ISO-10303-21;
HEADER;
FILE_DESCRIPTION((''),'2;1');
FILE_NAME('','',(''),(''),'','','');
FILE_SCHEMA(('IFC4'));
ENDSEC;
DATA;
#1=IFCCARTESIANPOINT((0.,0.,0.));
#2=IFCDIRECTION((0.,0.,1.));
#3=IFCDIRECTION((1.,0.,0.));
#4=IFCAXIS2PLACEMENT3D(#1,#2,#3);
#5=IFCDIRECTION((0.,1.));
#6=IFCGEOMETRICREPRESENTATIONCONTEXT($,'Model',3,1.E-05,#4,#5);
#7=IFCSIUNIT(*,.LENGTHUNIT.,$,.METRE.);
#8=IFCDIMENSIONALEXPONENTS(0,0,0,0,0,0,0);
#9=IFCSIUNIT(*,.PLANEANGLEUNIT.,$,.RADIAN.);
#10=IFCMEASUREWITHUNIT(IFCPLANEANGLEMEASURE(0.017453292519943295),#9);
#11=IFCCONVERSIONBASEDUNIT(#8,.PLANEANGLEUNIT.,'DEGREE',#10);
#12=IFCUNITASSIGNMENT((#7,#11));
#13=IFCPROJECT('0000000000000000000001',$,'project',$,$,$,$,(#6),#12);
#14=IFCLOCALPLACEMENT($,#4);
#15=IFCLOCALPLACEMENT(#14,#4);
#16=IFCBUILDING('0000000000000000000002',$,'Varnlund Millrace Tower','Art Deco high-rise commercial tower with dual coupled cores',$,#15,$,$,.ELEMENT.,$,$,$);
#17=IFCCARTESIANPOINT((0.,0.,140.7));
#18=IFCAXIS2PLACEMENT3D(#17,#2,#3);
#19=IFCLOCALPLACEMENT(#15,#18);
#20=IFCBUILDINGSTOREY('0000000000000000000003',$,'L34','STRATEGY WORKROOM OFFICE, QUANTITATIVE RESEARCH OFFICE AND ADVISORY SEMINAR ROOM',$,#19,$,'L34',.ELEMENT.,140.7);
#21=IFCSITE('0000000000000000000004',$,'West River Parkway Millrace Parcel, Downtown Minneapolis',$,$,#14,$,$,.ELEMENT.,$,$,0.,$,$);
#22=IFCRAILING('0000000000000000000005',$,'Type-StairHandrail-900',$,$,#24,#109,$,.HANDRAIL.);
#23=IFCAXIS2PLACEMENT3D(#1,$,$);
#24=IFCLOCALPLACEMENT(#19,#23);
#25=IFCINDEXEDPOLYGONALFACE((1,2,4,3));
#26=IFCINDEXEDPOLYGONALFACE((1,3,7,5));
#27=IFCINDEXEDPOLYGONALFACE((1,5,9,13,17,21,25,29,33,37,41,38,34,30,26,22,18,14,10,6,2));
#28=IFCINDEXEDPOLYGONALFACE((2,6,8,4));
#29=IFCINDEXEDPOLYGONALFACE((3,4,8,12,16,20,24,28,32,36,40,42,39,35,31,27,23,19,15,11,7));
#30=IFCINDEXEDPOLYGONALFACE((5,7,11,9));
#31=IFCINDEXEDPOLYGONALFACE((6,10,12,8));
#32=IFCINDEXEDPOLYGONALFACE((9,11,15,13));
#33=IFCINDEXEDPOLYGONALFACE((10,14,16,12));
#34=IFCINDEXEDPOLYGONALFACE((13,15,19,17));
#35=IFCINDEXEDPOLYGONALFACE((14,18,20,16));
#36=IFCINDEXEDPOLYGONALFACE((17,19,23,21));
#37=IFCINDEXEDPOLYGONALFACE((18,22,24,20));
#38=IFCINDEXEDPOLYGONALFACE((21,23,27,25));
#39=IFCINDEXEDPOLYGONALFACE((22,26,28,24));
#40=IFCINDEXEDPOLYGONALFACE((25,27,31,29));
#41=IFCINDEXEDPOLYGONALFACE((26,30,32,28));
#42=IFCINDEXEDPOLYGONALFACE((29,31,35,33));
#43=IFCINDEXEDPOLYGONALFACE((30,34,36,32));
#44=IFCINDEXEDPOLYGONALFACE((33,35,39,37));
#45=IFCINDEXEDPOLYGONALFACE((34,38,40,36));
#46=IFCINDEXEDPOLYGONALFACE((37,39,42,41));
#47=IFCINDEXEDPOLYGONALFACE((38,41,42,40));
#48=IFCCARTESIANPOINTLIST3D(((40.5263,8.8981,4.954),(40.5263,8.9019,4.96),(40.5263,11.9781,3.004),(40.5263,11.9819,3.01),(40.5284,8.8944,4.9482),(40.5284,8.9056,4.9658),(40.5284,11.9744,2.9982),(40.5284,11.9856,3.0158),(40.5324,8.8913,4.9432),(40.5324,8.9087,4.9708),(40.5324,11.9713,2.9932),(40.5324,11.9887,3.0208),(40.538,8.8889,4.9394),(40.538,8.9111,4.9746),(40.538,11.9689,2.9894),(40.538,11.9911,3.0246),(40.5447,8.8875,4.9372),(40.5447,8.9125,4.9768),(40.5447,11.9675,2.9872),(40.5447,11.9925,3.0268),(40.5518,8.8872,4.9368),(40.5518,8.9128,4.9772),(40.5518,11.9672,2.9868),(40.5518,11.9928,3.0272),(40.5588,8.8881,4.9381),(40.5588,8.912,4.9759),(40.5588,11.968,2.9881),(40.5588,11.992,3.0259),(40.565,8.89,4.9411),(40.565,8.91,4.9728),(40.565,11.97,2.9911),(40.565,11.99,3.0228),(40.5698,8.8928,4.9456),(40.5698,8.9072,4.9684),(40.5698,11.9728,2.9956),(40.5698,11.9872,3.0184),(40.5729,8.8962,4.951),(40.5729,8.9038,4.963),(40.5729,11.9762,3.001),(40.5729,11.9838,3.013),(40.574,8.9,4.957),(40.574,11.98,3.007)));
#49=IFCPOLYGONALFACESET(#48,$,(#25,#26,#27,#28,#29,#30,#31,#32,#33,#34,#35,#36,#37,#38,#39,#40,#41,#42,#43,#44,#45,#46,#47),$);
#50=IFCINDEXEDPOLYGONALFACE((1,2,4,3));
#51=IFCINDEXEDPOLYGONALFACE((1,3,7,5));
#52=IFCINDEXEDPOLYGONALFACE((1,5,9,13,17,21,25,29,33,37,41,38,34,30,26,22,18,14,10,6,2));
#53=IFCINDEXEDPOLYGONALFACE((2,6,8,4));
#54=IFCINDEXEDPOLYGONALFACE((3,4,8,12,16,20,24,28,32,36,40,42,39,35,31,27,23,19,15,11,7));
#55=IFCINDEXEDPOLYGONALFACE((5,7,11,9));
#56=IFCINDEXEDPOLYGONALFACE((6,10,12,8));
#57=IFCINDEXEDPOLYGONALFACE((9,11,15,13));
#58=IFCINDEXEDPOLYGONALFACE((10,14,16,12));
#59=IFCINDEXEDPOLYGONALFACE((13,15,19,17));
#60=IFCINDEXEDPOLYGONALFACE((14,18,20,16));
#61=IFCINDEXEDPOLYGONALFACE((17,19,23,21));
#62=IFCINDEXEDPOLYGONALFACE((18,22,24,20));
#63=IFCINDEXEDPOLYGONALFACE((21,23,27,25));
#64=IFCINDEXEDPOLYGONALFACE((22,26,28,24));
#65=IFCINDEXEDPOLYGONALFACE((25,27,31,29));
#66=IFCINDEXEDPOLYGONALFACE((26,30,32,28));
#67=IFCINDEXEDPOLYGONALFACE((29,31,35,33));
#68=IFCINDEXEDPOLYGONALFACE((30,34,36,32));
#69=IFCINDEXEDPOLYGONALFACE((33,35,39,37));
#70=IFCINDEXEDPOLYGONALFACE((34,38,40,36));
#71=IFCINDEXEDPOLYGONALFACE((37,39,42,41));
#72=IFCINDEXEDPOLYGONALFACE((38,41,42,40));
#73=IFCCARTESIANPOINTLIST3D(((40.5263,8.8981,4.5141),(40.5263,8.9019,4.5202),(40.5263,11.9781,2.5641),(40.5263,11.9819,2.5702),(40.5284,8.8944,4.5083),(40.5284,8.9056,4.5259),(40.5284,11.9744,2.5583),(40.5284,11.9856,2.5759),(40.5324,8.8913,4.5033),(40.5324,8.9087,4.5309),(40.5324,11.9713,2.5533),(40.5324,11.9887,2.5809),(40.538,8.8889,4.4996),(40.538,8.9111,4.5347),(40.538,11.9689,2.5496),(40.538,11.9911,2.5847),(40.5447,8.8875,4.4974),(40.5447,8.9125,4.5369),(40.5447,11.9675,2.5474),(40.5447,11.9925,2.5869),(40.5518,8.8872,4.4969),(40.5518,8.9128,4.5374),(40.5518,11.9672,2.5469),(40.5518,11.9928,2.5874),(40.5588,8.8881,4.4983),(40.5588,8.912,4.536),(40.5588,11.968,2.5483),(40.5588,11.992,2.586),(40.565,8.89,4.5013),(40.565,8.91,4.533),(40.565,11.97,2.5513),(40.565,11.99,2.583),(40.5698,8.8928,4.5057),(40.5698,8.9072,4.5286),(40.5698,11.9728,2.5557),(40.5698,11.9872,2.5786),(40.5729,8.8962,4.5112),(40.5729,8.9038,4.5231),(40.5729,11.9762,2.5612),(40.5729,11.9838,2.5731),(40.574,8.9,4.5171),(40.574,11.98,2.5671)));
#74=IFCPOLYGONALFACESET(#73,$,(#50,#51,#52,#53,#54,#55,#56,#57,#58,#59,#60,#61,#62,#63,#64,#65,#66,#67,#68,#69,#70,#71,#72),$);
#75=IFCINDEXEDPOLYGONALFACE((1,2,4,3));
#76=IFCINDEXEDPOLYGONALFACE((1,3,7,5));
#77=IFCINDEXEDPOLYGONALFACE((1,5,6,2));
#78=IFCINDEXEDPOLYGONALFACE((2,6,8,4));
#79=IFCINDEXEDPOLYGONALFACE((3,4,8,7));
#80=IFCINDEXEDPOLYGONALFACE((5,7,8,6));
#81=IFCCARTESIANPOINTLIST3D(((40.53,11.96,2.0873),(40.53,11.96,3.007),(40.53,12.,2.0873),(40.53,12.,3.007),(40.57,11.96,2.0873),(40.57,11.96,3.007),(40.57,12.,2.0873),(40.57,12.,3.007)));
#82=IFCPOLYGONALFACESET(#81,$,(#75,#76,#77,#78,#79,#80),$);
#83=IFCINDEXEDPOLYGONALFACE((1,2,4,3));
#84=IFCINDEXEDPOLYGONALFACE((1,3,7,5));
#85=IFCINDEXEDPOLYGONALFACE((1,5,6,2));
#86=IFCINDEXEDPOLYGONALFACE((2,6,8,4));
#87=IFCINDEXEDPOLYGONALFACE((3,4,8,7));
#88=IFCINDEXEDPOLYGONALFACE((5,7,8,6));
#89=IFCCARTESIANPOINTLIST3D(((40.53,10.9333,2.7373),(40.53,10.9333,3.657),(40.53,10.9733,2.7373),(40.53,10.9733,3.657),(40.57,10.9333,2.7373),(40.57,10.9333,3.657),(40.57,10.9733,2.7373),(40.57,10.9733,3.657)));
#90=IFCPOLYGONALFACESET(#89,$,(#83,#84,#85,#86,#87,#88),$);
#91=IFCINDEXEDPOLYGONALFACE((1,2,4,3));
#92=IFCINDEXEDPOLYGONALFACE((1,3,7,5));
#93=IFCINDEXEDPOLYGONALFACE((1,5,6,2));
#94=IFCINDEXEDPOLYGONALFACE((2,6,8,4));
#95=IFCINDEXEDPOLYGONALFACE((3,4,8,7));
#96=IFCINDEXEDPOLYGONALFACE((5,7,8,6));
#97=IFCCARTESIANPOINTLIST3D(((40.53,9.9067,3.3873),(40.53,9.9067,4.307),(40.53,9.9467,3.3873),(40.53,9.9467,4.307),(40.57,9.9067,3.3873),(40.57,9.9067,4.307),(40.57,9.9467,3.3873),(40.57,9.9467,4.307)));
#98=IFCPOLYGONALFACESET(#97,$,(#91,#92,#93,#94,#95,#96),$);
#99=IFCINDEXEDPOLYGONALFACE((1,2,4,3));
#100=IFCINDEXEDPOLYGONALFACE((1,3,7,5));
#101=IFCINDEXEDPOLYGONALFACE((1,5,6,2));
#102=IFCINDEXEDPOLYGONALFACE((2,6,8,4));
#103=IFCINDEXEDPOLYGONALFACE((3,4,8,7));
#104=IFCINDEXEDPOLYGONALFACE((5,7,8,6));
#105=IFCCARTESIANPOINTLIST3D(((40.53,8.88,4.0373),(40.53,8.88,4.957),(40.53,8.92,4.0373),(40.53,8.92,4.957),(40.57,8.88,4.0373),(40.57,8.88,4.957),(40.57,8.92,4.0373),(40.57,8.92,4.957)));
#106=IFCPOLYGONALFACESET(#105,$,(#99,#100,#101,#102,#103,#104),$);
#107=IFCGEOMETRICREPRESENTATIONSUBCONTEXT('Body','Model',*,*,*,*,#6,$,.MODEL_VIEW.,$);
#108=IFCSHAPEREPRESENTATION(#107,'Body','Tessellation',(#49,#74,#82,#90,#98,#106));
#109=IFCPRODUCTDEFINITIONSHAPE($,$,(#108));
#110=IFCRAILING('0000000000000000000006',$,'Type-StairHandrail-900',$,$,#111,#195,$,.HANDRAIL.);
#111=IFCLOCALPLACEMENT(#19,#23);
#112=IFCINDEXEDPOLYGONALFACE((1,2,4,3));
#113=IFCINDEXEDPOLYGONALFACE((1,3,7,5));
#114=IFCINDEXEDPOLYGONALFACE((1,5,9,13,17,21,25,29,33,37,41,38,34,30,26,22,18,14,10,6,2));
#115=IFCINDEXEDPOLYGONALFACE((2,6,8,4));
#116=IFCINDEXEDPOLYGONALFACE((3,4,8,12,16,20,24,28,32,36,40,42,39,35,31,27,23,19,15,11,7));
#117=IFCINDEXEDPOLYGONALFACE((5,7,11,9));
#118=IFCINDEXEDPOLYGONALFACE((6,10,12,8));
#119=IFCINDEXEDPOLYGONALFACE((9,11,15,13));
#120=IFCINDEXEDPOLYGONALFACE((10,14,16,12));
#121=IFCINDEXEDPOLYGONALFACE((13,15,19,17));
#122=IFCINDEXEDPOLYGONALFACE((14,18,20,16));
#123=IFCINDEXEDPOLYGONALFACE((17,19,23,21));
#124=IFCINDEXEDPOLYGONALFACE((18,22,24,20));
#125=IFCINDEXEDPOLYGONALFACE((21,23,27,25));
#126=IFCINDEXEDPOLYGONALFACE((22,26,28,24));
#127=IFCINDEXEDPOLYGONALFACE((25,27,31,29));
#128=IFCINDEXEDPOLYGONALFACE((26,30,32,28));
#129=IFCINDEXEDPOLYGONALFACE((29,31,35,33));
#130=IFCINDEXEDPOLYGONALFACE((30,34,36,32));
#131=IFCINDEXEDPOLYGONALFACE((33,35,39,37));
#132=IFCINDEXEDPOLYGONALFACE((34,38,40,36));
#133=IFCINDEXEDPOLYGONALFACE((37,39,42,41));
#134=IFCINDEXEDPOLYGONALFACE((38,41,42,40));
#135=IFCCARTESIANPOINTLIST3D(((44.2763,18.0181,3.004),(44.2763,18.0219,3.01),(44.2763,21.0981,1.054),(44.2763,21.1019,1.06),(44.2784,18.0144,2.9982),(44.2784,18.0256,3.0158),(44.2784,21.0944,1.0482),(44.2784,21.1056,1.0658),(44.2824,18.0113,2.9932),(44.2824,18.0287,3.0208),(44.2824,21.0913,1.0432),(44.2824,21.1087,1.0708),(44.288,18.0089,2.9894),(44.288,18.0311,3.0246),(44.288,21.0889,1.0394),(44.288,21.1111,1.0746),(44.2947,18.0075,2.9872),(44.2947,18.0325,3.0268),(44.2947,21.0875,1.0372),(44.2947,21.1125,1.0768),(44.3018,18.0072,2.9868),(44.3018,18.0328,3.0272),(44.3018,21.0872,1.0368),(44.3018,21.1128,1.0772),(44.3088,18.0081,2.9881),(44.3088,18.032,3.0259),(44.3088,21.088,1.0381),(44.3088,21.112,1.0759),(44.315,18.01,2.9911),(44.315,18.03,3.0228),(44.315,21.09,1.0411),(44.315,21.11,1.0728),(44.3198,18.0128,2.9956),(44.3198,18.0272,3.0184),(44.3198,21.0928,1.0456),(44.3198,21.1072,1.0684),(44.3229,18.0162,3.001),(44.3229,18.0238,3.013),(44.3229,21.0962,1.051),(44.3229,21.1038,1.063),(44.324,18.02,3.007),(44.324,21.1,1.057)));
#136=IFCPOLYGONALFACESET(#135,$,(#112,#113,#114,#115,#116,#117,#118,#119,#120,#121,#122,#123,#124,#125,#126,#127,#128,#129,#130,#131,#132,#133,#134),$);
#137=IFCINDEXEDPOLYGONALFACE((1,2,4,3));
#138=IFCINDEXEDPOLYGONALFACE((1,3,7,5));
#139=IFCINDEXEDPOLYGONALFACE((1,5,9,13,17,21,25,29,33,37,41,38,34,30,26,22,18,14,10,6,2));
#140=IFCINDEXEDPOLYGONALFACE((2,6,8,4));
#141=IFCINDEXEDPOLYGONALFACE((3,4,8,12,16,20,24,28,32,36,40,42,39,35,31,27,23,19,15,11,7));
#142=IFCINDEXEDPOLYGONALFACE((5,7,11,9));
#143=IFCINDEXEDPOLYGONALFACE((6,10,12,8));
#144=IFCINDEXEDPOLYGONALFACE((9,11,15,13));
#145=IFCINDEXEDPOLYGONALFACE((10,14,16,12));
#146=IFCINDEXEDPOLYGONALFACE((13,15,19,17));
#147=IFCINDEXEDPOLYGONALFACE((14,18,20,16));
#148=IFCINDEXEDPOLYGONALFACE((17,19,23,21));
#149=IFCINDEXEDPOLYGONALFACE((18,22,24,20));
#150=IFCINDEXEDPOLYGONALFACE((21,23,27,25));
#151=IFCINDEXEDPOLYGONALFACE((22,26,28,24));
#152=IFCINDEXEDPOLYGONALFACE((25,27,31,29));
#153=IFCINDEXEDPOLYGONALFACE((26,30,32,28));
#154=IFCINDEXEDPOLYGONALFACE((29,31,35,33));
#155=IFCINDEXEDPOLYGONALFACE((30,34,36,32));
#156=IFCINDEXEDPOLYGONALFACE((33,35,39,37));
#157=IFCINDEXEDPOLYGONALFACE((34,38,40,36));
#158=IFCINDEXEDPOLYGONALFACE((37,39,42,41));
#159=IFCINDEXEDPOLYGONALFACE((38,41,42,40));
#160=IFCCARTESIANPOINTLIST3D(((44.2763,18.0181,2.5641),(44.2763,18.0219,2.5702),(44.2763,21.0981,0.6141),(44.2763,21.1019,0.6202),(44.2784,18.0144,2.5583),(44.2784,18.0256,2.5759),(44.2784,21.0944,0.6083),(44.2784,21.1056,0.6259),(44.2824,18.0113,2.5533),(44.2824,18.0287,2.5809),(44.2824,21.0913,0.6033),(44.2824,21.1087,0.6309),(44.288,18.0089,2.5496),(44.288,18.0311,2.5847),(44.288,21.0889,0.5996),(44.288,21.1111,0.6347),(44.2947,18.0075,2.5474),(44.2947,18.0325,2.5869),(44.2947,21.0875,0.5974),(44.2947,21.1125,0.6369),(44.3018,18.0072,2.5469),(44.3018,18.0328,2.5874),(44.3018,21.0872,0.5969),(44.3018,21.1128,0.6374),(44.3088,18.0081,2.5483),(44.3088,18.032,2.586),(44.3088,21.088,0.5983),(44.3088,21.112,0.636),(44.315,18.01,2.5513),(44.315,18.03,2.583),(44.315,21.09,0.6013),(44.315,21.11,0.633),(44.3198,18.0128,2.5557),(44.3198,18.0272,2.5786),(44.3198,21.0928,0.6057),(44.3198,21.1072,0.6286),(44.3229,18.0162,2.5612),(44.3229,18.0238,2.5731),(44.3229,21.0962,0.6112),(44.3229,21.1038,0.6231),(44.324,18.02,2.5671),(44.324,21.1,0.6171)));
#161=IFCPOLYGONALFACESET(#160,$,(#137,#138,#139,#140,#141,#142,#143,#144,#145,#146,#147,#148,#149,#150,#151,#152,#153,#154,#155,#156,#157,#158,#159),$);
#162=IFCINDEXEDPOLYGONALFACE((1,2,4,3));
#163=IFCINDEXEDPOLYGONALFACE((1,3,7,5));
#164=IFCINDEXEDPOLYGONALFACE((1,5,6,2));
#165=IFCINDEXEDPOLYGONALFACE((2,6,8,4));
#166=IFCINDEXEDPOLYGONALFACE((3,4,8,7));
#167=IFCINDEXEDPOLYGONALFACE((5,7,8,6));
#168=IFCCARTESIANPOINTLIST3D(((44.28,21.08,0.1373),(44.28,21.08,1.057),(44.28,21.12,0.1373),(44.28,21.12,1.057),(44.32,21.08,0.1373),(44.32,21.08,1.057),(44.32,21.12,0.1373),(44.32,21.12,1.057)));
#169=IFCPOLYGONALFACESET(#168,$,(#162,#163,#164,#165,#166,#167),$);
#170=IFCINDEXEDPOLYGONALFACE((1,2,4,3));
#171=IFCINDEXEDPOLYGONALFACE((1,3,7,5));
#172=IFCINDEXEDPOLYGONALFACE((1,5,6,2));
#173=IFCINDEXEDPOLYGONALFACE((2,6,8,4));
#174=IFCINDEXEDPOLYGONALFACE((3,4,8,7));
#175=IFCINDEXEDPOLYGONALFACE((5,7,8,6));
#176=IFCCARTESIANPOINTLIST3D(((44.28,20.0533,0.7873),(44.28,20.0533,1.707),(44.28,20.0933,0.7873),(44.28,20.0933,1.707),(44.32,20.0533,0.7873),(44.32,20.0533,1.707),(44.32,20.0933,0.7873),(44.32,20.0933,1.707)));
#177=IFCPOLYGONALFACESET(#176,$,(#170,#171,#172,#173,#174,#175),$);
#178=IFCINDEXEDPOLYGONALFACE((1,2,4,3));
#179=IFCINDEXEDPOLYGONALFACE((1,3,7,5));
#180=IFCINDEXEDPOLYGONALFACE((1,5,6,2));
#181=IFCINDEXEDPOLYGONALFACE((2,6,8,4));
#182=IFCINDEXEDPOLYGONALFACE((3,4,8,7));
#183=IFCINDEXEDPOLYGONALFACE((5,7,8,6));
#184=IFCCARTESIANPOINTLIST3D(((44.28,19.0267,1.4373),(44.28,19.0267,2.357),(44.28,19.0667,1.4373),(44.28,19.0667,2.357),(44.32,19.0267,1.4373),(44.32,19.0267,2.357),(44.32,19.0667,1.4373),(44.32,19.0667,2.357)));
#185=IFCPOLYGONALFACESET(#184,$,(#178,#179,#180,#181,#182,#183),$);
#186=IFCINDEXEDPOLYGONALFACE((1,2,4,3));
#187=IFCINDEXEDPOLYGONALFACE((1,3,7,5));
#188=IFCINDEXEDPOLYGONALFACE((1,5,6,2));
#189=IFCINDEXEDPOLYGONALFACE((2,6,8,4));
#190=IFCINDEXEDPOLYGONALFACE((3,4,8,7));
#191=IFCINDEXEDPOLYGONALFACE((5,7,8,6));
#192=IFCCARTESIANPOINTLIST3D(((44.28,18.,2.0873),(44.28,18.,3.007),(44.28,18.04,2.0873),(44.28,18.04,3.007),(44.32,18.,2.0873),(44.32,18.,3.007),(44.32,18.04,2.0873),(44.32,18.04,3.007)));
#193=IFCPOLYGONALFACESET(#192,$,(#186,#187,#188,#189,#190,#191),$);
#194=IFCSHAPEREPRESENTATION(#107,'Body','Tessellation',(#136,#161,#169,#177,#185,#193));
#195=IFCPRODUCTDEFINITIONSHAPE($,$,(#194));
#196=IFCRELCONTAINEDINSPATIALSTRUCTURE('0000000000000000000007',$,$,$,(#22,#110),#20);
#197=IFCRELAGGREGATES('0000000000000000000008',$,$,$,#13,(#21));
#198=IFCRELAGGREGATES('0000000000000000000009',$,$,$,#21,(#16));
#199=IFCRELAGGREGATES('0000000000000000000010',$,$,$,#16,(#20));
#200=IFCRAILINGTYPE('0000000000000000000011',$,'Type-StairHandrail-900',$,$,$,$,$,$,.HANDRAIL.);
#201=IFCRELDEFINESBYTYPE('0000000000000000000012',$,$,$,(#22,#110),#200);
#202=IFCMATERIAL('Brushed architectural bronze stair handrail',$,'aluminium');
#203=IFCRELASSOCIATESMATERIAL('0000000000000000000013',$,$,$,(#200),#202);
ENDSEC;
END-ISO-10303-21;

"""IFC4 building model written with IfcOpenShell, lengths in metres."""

from ifc_helpers import new_model, entity, si_unit, converted_unit, direction, frame, origin_with_axes, origin_2d_with_axis, place, context, subcontext, project, spatial, rectangle, circle, extrude, material, type_object, element, save


model = new_model("IFC4")

# Units and contexts
model_context = context("Model", 3, precision=1e-05, world=origin_with_axes(), true_north=direction((0.0, 1.0)))
body_context = subcontext(model_context, "Body", "Model", "MODEL_VIEW")
ifc_project = project(units=[si_unit("LENGTHUNIT", "METRE"), converted_unit("PLANEANGLEUNIT", "DEGREE", entity("IfcPlaneAngleMeasure", 0.017453292519943295), si_unit("PLANEANGLEUNIT", "RADIAN"), dimensions=[0, 0, 0, 0, 0, 0, 0])], contexts=[model_context])

# Site, building, storey
site_placement = place(None, origin_with_axes())
site = spatial("IfcSite", under=ifc_project, at=site_placement, Name="West River Parkway Millrace Parcel, Downtown Minneapolis", CompositionType="ELEMENT", RefElevation=0.0)
building_placement = place(site_placement, origin_with_axes())
building = spatial("IfcBuilding", under=site, at=building_placement, Name="Varnlund Millrace Tower", Description="Art Deco high-rise commercial tower with dual coupled cores", CompositionType="ELEMENT")
storey_placement = place(building_placement, frame((0.0, 0.0, 140.7), z_axis=(0.0, 0.0, 1.0), x_axis=(1.0, 0.0, 0.0)))
storey = spatial("IfcBuildingStorey", under=building, at=storey_placement, Name="L34", Description="STRATEGY WORKROOM OFFICE, QUANTITATIVE RESEARCH OFFICE AND ADVISORY SEMINAR ROOM", LongName="L34", CompositionType="ELEMENT", Elevation=140.7)

# Railings
ifc_material_1 = material(Name="Brushed architectural bronze stair handrail", Category="aluminium")
railing_type_1 = type_object("IfcRailingType", Name="Type-StairHandrail-900", PredefinedType="HANDRAIL", material=ifc_material_1)
railing_1_placement = place(storey_placement, frame((0.0, 0.0, -140.7), z_axis=(0.0, 0.0, 1.0), x_axis=(1.0, 0.0, 0.0)))
element("IfcRailing", 1, at=railing_1_placement, inside=storey, type_object=railing_type_1, Name="Type-StairHandrail-900", PredefinedType="HANDRAIL", context=body_context, shape_type="SweptSolid", body=[
    extrude(circle(Radius=0.024, at=origin_2d_with_axis()), frame((40.55, 11.98, 143.707), z_axis=(0.0, -0.844902, 0.534922), x_axis=(1.0, 0.0, 0.0)), (0.0, 0.0, 1.0), 3.6454),
    extrude(circle(Radius=0.024, at=origin_2d_with_axis()), frame((40.55, 11.98, 143.2671), z_axis=(0.0, -0.844902, 0.534922), x_axis=(1.0, 0.0, 0.0)), (0.0, 0.0, 1.0), 3.6454),
    extrude(rectangle(XDim=0.04, YDim=0.04, at=origin_2d_with_axis()), frame((40.55, 11.98, 142.7873), z_axis=(0.0, 0.0, 1.0), x_axis=(1.0, 0.0, 0.0)), (0.0, 0.0, 1.0), 0.9197),
    extrude(rectangle(XDim=0.04, YDim=0.04, at=origin_2d_with_axis()), frame((40.55, 10.9533, 143.4373), z_axis=(0.0, 0.0, 1.0), x_axis=(1.0, 0.0, 0.0)), (0.0, 0.0, 1.0), 0.9197),
    extrude(rectangle(XDim=0.04, YDim=0.04, at=origin_2d_with_axis()), frame((40.55, 9.9267, 144.0873), z_axis=(0.0, 0.0, 1.0), x_axis=(1.0, 0.0, 0.0)), (0.0, 0.0, 1.0), 0.9197),
    extrude(rectangle(XDim=0.04, YDim=0.04, at=origin_2d_with_axis()), frame((40.55, 8.9, 144.7373), z_axis=(0.0, 0.0, 1.0), x_axis=(1.0, 0.0, 0.0)), (0.0, 0.0, 1.0), 0.9197),
])
railing_2_placement = place(storey_placement, frame((0.0, 0.0, -140.7), z_axis=(0.0, 0.0, 1.0), x_axis=(1.0, 0.0, 0.0)))
element("IfcRailing", 2, at=railing_2_placement, inside=storey, type_object=railing_type_1, Name="Type-StairHandrail-900", PredefinedType="HANDRAIL", context=body_context, shape_type="SweptSolid", body=[
    extrude(circle(Radius=0.024, at=origin_2d_with_axis()), frame((44.3, 21.1, 141.757), z_axis=(0.0, -0.844902, 0.534922), x_axis=(1.0, 0.0, 0.0)), (0.0, 0.0, 1.0), 3.6454),
    extrude(circle(Radius=0.024, at=origin_2d_with_axis()), frame((44.3, 21.1, 141.3171), z_axis=(0.0, -0.844902, 0.534922), x_axis=(1.0, 0.0, 0.0)), (0.0, 0.0, 1.0), 3.6454),
    extrude(rectangle(XDim=0.04, YDim=0.04, at=origin_2d_with_axis()), frame((44.3, 21.1, 140.8373), z_axis=(0.0, 0.0, 1.0), x_axis=(1.0, 0.0, 0.0)), (0.0, 0.0, 1.0), 0.9197),
    extrude(rectangle(XDim=0.04, YDim=0.04, at=origin_2d_with_axis()), frame((44.3, 20.0733, 141.4873), z_axis=(0.0, 0.0, 1.0), x_axis=(1.0, 0.0, 0.0)), (0.0, 0.0, 1.0), 0.9197),
    extrude(rectangle(XDim=0.04, YDim=0.04, at=origin_2d_with_axis()), frame((44.3, 19.0467, 142.1373), z_axis=(0.0, 0.0, 1.0), x_axis=(1.0, 0.0, 0.0)), (0.0, 0.0, 1.0), 0.9197),
    extrude(rectangle(XDim=0.04, YDim=0.04, at=origin_2d_with_axis()), frame((44.3, 18.02, 142.7873), z_axis=(0.0, 0.0, 1.0), x_axis=(1.0, 0.0, 0.0)), (0.0, 0.0, 1.0), 0.9197),
])

save(model, "model.ifc")
